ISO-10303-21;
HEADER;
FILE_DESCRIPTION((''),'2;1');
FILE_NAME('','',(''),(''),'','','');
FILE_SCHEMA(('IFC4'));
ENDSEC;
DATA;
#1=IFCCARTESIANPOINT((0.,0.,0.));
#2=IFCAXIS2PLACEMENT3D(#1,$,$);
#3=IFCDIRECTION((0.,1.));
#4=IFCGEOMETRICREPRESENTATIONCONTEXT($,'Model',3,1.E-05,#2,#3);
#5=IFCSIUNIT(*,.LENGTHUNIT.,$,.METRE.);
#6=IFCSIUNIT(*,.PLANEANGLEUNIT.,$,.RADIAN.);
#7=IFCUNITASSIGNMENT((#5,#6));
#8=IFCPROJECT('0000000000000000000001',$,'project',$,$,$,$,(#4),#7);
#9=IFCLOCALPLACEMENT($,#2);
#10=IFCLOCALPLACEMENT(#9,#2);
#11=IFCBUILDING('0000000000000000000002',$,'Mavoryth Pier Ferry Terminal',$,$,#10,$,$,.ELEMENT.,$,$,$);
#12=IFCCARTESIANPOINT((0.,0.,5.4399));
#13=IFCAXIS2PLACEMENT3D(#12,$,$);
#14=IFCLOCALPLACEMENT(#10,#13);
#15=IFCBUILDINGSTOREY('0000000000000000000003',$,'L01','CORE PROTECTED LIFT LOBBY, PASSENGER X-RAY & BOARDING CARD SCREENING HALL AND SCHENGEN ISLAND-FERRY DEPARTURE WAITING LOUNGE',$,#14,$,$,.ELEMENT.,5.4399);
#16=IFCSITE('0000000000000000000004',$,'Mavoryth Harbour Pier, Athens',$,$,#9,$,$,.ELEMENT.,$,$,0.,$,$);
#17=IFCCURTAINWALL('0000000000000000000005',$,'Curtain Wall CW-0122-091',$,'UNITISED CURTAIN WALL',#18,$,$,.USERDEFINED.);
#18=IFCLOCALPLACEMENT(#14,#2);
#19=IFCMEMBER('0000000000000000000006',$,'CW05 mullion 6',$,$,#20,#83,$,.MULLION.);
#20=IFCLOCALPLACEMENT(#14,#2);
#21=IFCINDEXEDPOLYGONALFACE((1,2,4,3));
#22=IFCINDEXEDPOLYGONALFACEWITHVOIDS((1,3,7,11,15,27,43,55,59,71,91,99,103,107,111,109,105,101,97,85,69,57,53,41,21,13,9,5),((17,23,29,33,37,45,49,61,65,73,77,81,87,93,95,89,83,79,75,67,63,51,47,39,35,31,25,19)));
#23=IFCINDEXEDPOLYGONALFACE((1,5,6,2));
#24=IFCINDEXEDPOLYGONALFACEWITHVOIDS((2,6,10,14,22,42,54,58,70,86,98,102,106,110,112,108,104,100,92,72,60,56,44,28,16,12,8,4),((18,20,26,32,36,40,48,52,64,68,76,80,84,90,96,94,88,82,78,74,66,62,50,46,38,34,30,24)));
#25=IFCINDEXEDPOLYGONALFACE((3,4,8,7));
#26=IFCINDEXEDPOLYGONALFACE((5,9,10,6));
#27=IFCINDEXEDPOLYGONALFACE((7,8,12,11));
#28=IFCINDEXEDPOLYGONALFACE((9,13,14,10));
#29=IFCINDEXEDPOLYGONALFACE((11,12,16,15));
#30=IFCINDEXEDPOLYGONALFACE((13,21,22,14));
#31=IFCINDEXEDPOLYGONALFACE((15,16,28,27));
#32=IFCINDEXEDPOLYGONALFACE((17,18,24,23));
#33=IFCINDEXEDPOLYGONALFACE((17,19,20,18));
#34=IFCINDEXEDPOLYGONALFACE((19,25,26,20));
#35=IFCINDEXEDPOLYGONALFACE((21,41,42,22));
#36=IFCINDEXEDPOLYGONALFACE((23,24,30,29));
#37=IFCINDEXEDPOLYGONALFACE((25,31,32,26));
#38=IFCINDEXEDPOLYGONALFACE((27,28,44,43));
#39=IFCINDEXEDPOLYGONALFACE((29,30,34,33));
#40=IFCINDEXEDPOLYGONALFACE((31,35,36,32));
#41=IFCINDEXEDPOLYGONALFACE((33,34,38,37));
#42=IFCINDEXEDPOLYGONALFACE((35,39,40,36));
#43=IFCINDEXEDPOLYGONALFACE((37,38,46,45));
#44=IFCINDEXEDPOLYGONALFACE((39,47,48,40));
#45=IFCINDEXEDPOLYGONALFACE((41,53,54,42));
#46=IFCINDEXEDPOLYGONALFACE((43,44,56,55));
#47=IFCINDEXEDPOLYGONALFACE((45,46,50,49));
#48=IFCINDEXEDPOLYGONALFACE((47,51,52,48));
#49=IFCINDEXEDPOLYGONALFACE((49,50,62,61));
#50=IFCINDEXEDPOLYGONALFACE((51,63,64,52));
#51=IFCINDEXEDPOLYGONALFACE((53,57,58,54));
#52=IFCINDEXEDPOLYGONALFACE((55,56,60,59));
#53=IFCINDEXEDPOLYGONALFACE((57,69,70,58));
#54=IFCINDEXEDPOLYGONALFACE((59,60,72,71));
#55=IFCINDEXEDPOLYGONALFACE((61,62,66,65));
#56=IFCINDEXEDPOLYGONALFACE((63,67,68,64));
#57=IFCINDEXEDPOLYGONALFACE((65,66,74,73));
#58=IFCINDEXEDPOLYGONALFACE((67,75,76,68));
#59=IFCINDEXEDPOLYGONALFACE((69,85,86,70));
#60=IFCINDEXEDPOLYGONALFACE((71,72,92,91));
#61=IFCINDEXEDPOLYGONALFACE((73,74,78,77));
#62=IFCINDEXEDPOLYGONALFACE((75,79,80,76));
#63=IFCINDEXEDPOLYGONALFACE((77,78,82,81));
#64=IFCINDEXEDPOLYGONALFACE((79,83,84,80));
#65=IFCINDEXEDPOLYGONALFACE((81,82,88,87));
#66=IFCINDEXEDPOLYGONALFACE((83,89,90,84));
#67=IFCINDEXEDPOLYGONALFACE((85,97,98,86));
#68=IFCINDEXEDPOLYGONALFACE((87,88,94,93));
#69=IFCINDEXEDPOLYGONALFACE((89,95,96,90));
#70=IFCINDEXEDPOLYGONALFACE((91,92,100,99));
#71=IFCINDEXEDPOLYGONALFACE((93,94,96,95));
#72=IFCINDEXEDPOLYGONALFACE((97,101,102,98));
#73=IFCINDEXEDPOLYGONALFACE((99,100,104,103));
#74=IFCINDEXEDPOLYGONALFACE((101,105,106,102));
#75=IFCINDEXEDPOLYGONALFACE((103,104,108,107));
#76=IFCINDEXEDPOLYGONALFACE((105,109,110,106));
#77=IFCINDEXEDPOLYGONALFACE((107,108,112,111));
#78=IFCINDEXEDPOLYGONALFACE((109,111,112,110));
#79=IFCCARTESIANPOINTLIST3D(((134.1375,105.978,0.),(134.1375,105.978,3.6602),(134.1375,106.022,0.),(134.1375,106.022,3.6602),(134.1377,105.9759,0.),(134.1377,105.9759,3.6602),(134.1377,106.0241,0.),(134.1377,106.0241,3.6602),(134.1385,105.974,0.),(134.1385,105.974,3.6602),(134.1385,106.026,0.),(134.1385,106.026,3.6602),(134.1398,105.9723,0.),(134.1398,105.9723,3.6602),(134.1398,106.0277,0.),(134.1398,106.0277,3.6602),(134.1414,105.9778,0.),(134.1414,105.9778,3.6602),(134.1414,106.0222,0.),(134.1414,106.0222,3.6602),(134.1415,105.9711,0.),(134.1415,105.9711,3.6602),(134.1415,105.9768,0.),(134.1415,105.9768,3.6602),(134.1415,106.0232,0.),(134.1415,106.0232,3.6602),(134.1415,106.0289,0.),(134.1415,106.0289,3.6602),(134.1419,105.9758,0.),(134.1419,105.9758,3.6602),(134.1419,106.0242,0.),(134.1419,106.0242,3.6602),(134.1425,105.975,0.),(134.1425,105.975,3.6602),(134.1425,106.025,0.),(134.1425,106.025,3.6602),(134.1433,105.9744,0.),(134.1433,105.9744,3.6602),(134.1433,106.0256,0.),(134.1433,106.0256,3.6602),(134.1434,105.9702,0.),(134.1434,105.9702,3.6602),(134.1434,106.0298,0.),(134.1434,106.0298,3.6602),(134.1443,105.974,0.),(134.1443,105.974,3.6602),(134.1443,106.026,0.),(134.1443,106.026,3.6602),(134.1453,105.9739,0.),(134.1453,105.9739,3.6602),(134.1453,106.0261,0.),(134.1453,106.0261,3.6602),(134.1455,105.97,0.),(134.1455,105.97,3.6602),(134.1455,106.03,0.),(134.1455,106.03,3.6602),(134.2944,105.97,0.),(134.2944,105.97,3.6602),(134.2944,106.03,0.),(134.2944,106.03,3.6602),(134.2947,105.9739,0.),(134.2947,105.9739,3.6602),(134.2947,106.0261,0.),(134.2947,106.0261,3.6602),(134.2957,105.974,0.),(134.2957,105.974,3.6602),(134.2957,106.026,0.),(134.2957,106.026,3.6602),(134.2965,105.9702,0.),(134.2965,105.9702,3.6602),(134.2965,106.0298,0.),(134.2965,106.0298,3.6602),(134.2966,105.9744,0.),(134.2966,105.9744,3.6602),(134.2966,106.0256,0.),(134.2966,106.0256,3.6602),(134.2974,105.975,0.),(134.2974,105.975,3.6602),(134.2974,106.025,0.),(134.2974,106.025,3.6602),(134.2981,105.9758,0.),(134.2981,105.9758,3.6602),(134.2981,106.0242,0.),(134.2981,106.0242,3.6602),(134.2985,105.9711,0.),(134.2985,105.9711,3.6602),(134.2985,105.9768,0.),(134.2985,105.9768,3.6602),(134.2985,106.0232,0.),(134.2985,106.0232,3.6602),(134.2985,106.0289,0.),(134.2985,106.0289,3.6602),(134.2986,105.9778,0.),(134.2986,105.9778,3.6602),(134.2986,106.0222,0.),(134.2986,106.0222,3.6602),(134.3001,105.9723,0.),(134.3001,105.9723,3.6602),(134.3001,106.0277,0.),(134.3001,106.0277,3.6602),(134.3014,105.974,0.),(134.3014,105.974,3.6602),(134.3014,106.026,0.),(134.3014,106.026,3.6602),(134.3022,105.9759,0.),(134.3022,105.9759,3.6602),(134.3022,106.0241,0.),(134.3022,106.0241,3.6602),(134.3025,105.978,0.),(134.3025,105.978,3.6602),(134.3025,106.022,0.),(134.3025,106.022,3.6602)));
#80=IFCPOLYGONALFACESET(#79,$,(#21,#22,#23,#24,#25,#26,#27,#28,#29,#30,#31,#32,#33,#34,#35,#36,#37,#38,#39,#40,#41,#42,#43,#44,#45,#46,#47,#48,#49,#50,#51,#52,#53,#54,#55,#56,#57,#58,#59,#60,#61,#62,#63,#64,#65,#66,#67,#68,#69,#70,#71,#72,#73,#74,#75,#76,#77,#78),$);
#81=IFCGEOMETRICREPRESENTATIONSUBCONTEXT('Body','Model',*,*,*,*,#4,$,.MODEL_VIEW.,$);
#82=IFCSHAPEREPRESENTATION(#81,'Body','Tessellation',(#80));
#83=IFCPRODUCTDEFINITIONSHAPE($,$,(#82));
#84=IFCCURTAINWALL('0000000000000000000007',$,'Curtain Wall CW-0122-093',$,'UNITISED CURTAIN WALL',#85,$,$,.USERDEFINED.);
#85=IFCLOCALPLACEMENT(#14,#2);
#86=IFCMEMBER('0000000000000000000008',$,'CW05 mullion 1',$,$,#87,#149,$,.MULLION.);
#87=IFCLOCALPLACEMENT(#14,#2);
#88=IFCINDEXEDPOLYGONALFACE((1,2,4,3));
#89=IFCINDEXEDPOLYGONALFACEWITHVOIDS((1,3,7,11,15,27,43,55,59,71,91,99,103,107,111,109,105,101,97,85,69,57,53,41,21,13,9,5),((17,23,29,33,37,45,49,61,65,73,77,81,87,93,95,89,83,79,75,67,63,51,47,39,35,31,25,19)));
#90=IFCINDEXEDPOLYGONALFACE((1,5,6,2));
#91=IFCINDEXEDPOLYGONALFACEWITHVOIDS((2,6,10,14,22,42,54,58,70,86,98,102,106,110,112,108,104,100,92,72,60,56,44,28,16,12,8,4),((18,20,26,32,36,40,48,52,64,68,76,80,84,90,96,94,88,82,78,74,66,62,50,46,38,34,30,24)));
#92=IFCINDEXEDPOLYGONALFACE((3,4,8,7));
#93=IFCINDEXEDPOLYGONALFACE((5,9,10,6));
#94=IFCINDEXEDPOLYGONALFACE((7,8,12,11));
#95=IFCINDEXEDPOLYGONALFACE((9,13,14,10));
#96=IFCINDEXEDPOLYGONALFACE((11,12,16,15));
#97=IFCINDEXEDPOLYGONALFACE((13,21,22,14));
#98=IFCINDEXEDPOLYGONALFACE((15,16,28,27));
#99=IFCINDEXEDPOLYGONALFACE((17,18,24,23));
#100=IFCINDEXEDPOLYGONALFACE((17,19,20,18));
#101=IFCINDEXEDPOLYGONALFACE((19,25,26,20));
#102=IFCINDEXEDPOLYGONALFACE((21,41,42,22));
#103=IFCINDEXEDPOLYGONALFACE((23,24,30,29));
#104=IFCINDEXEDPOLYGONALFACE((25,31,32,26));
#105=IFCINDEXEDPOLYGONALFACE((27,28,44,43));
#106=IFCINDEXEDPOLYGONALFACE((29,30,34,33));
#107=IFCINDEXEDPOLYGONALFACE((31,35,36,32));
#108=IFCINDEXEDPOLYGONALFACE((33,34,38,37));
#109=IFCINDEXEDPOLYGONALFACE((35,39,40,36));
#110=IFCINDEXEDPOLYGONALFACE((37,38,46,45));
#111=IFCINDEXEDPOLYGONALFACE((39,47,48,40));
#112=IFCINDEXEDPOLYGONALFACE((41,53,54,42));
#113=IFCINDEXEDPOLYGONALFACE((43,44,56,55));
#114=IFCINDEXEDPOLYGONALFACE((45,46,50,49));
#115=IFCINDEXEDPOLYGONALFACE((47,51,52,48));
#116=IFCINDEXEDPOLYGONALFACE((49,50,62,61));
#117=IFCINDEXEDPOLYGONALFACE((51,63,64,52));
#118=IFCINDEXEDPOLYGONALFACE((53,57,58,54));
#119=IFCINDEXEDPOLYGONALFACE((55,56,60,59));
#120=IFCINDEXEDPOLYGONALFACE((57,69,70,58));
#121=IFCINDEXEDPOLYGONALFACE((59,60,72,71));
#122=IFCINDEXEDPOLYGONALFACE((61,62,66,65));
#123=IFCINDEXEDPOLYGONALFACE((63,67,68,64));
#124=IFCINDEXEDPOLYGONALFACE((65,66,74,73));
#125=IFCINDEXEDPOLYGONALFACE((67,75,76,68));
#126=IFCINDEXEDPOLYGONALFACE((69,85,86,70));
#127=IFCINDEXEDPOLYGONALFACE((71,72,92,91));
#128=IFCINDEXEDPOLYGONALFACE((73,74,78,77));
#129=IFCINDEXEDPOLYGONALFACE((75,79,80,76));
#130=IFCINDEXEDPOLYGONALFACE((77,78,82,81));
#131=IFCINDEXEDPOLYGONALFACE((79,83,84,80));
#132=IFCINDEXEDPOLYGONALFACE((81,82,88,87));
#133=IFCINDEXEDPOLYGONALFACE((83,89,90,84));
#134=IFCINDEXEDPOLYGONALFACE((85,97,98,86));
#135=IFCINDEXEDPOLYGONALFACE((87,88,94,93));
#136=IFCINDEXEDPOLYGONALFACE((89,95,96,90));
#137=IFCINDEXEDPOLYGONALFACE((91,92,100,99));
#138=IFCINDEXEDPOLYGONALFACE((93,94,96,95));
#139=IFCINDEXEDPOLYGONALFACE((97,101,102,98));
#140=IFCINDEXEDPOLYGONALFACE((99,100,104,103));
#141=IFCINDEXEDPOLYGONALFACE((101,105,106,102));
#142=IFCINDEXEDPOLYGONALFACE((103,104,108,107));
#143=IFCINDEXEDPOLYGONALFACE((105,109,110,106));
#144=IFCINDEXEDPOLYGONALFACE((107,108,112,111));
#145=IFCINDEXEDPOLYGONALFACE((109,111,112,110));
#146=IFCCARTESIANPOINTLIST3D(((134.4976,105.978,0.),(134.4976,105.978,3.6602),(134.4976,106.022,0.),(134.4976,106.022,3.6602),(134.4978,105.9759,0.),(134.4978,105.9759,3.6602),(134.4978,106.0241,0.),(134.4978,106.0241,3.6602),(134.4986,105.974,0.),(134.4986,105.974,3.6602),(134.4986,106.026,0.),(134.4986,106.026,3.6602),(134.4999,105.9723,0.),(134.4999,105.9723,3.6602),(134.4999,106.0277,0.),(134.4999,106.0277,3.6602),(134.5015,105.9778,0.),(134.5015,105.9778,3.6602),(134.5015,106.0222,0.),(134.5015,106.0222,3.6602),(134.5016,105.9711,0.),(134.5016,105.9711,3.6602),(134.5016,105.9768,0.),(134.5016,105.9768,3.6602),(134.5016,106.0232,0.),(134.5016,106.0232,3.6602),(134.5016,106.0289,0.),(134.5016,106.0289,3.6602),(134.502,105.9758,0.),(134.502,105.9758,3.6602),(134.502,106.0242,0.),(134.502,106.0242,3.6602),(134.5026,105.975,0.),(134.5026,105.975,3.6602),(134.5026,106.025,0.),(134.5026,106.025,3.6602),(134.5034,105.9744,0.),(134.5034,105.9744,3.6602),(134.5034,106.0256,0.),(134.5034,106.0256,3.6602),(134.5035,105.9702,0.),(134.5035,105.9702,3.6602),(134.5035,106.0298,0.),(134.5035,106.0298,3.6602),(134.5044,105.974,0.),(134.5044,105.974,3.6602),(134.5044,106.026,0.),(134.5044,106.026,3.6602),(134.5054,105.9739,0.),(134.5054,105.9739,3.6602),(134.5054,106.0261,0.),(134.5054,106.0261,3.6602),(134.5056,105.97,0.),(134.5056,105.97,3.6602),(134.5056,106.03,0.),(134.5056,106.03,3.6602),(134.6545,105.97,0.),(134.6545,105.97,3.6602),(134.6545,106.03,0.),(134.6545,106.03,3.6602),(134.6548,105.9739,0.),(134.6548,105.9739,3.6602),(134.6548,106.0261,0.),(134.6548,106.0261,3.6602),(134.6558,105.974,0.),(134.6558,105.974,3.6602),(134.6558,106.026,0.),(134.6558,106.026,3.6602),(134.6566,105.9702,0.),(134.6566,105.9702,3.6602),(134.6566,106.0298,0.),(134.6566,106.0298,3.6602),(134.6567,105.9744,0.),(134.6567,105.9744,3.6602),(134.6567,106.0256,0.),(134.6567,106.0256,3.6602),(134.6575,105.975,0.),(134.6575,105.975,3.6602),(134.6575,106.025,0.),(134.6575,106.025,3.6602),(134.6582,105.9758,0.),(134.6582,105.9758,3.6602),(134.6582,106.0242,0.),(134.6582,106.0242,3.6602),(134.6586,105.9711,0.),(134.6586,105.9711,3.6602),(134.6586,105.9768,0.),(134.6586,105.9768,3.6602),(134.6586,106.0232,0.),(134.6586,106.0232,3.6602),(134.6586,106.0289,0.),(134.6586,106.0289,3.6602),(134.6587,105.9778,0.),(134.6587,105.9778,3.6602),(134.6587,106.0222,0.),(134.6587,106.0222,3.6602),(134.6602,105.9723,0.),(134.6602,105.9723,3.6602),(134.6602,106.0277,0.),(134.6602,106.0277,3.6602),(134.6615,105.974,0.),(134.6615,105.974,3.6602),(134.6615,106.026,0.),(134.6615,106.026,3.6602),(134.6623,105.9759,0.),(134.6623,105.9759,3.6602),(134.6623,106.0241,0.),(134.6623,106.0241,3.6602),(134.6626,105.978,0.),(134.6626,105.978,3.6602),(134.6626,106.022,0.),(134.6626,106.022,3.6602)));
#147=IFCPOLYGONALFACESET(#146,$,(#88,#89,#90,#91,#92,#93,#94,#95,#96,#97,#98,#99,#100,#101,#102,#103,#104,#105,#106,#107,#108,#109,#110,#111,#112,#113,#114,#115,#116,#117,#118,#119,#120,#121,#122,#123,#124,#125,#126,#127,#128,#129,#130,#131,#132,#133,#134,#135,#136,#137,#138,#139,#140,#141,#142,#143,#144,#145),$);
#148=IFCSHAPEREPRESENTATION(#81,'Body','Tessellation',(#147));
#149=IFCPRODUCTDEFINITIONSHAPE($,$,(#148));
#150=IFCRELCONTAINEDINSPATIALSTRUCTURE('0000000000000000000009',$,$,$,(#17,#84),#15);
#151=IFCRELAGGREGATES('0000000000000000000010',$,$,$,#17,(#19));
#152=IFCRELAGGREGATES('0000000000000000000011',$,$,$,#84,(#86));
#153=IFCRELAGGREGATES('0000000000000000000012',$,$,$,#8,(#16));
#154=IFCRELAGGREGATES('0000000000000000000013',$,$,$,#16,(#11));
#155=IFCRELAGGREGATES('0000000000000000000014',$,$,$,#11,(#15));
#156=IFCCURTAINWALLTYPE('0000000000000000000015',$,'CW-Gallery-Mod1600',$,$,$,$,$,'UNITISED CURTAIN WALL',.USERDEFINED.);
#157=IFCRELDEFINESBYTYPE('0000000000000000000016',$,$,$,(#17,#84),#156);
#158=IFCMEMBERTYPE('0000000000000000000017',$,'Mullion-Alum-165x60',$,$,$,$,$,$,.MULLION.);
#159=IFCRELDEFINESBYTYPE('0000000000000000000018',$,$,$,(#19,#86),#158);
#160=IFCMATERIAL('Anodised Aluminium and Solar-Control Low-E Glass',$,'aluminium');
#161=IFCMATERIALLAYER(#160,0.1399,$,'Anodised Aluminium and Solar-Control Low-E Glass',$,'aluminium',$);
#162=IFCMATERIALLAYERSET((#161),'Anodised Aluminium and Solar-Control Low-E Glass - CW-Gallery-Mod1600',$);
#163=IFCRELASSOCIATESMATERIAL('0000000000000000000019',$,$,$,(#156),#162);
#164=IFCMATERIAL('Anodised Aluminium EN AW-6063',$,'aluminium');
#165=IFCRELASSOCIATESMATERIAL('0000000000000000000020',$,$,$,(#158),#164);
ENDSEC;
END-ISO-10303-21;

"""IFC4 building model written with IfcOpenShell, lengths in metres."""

from ifc_helpers import new_model, si_unit, direction, frame, origin, origin_2d, place, context, subcontext, project, spatial, hollow_rectangle, extrude, material, layer, layer_set, material_profile, profile_set, type_object, element, aggregate, save


model = new_model("IFC4")

# Units and contexts
model_context = context("Model", 3, precision=1e-05, world=origin(), true_north=direction((0.0, 1.0)))
body_context = subcontext(model_context, "Body", "Model", "MODEL_VIEW")
ifc_project = project(units=[si_unit("LENGTHUNIT", "METRE"), si_unit("PLANEANGLEUNIT", "RADIAN")], contexts=[model_context])

# Site, building, storey
site_placement = place(None, origin())
site = spatial("IfcSite", under=ifc_project, at=site_placement, Name="Mavoryth Harbour Pier, Athens", CompositionType="ELEMENT", RefElevation=0.0)
building_placement = place(site_placement, origin())
building = spatial("IfcBuilding", under=site, at=building_placement, Name="Mavoryth Pier Ferry Terminal", CompositionType="ELEMENT")
storey_placement = place(building_placement, frame((0.0, 0.0, 5.4399)))
storey = spatial("IfcBuildingStorey", under=building, at=storey_placement, Name="L01", Description="CORE PROTECTED LIFT LOBBY, PASSENGER X-RAY & BOARDING CARD SCREENING HALL AND SCHENGEN ISLAND-FERRY DEPARTURE WAITING LOUNGE", CompositionType="ELEMENT", Elevation=5.4399)

# Curtain walls, members
ifc_material_1 = material(Name="Anodised Aluminium and Solar-Control Low-E Glass", Category="aluminium")
ifc_layer_1 = layer(ifc_material_1, 0.1399, Name="Anodised Aluminium and Solar-Control Low-E Glass", Category="aluminium")
ifc_layer_set_1 = layer_set([ifc_layer_1], Name="Anodised Aluminium and Solar-Control Low-E Glass - CW-Gallery-Mod1600")
curtain_wall_type = type_object("IfcCurtainWallType", Name="CW-Gallery-Mod1600", ElementType="UNITISED CURTAIN WALL", PredefinedType="USERDEFINED", material=ifc_layer_set_1)
curtain_wall_1_placement = place(storey_placement, origin())
curtain_wall_1 = element("IfcCurtainWall", 1, at=curtain_wall_1_placement, inside=storey, type_object=curtain_wall_type, Name="Curtain Wall CW-0122-091", ObjectType="UNITISED CURTAIN WALL", PredefinedType="USERDEFINED")
ifc_material_2 = material(Name="Anodised Aluminium EN AW-6063", Category="aluminium")
ifc_material_profile_1 = material_profile(ifc_material_2, hollow_rectangle(XDim=0.0601, YDim=0.165, WallThickness=0.0039, InnerFilletRadius=0.0039, OuterFilletRadius=0.0081, at=origin_2d()), Name="AL-MULL 165x60x4", Category="aluminium")
ifc_profile_set_1 = profile_set([ifc_material_profile_1], Name="Anodised Aluminium EN AW-6063 - AL-MULL 165x60x4")
member_type_1 = type_object("IfcMemberType", Name="Mullion-Alum-165x60", PredefinedType="MULLION", material=ifc_profile_set_1)
member_1_placement = place(storey_placement, frame((134.22, 106.0, 0.0), z_axis=(0.0, 0.0, 1.0), x_axis=(0.0, 1.0, 0.0)))
member_1 = element("IfcMember", 2, at=member_1_placement, type_object=member_type_1, Name="CW05 mullion 6", PredefinedType="MULLION", context=body_context, shape_type="SweptSolid", body=[
    extrude(hollow_rectangle(XDim=0.0601, YDim=0.165, WallThickness=0.0039, InnerFilletRadius=0.0039, OuterFilletRadius=0.0081, at=origin_2d()), origin(), (0.0, 0.0, 1.0), 3.6602),
])
curtain_wall_2_placement = place(storey_placement, origin())
curtain_wall_2 = element("IfcCurtainWall", 3, at=curtain_wall_2_placement, inside=storey, type_object=curtain_wall_type, Name="Curtain Wall CW-0122-093", ObjectType="UNITISED CURTAIN WALL", PredefinedType="USERDEFINED")
member_2_placement = place(storey_placement, frame((134.5801, 106.0, 0.0), z_axis=(0.0, 0.0, 1.0), x_axis=(0.0, 1.0, 0.0)))
member_2 = element("IfcMember", 4, at=member_2_placement, type_object=member_type_1, Name="CW05 mullion 1", PredefinedType="MULLION", context=body_context, shape_type="SweptSolid", body=[
    extrude(hollow_rectangle(XDim=0.0601, YDim=0.165, WallThickness=0.0039, InnerFilletRadius=0.0039, OuterFilletRadius=0.0081, at=origin_2d()), origin(), (0.0, 0.0, 1.0), 3.6602),
])

aggregate(curtain_wall_1, [member_1])
aggregate(curtain_wall_2, [member_2])

save(model, "model.ifc")
